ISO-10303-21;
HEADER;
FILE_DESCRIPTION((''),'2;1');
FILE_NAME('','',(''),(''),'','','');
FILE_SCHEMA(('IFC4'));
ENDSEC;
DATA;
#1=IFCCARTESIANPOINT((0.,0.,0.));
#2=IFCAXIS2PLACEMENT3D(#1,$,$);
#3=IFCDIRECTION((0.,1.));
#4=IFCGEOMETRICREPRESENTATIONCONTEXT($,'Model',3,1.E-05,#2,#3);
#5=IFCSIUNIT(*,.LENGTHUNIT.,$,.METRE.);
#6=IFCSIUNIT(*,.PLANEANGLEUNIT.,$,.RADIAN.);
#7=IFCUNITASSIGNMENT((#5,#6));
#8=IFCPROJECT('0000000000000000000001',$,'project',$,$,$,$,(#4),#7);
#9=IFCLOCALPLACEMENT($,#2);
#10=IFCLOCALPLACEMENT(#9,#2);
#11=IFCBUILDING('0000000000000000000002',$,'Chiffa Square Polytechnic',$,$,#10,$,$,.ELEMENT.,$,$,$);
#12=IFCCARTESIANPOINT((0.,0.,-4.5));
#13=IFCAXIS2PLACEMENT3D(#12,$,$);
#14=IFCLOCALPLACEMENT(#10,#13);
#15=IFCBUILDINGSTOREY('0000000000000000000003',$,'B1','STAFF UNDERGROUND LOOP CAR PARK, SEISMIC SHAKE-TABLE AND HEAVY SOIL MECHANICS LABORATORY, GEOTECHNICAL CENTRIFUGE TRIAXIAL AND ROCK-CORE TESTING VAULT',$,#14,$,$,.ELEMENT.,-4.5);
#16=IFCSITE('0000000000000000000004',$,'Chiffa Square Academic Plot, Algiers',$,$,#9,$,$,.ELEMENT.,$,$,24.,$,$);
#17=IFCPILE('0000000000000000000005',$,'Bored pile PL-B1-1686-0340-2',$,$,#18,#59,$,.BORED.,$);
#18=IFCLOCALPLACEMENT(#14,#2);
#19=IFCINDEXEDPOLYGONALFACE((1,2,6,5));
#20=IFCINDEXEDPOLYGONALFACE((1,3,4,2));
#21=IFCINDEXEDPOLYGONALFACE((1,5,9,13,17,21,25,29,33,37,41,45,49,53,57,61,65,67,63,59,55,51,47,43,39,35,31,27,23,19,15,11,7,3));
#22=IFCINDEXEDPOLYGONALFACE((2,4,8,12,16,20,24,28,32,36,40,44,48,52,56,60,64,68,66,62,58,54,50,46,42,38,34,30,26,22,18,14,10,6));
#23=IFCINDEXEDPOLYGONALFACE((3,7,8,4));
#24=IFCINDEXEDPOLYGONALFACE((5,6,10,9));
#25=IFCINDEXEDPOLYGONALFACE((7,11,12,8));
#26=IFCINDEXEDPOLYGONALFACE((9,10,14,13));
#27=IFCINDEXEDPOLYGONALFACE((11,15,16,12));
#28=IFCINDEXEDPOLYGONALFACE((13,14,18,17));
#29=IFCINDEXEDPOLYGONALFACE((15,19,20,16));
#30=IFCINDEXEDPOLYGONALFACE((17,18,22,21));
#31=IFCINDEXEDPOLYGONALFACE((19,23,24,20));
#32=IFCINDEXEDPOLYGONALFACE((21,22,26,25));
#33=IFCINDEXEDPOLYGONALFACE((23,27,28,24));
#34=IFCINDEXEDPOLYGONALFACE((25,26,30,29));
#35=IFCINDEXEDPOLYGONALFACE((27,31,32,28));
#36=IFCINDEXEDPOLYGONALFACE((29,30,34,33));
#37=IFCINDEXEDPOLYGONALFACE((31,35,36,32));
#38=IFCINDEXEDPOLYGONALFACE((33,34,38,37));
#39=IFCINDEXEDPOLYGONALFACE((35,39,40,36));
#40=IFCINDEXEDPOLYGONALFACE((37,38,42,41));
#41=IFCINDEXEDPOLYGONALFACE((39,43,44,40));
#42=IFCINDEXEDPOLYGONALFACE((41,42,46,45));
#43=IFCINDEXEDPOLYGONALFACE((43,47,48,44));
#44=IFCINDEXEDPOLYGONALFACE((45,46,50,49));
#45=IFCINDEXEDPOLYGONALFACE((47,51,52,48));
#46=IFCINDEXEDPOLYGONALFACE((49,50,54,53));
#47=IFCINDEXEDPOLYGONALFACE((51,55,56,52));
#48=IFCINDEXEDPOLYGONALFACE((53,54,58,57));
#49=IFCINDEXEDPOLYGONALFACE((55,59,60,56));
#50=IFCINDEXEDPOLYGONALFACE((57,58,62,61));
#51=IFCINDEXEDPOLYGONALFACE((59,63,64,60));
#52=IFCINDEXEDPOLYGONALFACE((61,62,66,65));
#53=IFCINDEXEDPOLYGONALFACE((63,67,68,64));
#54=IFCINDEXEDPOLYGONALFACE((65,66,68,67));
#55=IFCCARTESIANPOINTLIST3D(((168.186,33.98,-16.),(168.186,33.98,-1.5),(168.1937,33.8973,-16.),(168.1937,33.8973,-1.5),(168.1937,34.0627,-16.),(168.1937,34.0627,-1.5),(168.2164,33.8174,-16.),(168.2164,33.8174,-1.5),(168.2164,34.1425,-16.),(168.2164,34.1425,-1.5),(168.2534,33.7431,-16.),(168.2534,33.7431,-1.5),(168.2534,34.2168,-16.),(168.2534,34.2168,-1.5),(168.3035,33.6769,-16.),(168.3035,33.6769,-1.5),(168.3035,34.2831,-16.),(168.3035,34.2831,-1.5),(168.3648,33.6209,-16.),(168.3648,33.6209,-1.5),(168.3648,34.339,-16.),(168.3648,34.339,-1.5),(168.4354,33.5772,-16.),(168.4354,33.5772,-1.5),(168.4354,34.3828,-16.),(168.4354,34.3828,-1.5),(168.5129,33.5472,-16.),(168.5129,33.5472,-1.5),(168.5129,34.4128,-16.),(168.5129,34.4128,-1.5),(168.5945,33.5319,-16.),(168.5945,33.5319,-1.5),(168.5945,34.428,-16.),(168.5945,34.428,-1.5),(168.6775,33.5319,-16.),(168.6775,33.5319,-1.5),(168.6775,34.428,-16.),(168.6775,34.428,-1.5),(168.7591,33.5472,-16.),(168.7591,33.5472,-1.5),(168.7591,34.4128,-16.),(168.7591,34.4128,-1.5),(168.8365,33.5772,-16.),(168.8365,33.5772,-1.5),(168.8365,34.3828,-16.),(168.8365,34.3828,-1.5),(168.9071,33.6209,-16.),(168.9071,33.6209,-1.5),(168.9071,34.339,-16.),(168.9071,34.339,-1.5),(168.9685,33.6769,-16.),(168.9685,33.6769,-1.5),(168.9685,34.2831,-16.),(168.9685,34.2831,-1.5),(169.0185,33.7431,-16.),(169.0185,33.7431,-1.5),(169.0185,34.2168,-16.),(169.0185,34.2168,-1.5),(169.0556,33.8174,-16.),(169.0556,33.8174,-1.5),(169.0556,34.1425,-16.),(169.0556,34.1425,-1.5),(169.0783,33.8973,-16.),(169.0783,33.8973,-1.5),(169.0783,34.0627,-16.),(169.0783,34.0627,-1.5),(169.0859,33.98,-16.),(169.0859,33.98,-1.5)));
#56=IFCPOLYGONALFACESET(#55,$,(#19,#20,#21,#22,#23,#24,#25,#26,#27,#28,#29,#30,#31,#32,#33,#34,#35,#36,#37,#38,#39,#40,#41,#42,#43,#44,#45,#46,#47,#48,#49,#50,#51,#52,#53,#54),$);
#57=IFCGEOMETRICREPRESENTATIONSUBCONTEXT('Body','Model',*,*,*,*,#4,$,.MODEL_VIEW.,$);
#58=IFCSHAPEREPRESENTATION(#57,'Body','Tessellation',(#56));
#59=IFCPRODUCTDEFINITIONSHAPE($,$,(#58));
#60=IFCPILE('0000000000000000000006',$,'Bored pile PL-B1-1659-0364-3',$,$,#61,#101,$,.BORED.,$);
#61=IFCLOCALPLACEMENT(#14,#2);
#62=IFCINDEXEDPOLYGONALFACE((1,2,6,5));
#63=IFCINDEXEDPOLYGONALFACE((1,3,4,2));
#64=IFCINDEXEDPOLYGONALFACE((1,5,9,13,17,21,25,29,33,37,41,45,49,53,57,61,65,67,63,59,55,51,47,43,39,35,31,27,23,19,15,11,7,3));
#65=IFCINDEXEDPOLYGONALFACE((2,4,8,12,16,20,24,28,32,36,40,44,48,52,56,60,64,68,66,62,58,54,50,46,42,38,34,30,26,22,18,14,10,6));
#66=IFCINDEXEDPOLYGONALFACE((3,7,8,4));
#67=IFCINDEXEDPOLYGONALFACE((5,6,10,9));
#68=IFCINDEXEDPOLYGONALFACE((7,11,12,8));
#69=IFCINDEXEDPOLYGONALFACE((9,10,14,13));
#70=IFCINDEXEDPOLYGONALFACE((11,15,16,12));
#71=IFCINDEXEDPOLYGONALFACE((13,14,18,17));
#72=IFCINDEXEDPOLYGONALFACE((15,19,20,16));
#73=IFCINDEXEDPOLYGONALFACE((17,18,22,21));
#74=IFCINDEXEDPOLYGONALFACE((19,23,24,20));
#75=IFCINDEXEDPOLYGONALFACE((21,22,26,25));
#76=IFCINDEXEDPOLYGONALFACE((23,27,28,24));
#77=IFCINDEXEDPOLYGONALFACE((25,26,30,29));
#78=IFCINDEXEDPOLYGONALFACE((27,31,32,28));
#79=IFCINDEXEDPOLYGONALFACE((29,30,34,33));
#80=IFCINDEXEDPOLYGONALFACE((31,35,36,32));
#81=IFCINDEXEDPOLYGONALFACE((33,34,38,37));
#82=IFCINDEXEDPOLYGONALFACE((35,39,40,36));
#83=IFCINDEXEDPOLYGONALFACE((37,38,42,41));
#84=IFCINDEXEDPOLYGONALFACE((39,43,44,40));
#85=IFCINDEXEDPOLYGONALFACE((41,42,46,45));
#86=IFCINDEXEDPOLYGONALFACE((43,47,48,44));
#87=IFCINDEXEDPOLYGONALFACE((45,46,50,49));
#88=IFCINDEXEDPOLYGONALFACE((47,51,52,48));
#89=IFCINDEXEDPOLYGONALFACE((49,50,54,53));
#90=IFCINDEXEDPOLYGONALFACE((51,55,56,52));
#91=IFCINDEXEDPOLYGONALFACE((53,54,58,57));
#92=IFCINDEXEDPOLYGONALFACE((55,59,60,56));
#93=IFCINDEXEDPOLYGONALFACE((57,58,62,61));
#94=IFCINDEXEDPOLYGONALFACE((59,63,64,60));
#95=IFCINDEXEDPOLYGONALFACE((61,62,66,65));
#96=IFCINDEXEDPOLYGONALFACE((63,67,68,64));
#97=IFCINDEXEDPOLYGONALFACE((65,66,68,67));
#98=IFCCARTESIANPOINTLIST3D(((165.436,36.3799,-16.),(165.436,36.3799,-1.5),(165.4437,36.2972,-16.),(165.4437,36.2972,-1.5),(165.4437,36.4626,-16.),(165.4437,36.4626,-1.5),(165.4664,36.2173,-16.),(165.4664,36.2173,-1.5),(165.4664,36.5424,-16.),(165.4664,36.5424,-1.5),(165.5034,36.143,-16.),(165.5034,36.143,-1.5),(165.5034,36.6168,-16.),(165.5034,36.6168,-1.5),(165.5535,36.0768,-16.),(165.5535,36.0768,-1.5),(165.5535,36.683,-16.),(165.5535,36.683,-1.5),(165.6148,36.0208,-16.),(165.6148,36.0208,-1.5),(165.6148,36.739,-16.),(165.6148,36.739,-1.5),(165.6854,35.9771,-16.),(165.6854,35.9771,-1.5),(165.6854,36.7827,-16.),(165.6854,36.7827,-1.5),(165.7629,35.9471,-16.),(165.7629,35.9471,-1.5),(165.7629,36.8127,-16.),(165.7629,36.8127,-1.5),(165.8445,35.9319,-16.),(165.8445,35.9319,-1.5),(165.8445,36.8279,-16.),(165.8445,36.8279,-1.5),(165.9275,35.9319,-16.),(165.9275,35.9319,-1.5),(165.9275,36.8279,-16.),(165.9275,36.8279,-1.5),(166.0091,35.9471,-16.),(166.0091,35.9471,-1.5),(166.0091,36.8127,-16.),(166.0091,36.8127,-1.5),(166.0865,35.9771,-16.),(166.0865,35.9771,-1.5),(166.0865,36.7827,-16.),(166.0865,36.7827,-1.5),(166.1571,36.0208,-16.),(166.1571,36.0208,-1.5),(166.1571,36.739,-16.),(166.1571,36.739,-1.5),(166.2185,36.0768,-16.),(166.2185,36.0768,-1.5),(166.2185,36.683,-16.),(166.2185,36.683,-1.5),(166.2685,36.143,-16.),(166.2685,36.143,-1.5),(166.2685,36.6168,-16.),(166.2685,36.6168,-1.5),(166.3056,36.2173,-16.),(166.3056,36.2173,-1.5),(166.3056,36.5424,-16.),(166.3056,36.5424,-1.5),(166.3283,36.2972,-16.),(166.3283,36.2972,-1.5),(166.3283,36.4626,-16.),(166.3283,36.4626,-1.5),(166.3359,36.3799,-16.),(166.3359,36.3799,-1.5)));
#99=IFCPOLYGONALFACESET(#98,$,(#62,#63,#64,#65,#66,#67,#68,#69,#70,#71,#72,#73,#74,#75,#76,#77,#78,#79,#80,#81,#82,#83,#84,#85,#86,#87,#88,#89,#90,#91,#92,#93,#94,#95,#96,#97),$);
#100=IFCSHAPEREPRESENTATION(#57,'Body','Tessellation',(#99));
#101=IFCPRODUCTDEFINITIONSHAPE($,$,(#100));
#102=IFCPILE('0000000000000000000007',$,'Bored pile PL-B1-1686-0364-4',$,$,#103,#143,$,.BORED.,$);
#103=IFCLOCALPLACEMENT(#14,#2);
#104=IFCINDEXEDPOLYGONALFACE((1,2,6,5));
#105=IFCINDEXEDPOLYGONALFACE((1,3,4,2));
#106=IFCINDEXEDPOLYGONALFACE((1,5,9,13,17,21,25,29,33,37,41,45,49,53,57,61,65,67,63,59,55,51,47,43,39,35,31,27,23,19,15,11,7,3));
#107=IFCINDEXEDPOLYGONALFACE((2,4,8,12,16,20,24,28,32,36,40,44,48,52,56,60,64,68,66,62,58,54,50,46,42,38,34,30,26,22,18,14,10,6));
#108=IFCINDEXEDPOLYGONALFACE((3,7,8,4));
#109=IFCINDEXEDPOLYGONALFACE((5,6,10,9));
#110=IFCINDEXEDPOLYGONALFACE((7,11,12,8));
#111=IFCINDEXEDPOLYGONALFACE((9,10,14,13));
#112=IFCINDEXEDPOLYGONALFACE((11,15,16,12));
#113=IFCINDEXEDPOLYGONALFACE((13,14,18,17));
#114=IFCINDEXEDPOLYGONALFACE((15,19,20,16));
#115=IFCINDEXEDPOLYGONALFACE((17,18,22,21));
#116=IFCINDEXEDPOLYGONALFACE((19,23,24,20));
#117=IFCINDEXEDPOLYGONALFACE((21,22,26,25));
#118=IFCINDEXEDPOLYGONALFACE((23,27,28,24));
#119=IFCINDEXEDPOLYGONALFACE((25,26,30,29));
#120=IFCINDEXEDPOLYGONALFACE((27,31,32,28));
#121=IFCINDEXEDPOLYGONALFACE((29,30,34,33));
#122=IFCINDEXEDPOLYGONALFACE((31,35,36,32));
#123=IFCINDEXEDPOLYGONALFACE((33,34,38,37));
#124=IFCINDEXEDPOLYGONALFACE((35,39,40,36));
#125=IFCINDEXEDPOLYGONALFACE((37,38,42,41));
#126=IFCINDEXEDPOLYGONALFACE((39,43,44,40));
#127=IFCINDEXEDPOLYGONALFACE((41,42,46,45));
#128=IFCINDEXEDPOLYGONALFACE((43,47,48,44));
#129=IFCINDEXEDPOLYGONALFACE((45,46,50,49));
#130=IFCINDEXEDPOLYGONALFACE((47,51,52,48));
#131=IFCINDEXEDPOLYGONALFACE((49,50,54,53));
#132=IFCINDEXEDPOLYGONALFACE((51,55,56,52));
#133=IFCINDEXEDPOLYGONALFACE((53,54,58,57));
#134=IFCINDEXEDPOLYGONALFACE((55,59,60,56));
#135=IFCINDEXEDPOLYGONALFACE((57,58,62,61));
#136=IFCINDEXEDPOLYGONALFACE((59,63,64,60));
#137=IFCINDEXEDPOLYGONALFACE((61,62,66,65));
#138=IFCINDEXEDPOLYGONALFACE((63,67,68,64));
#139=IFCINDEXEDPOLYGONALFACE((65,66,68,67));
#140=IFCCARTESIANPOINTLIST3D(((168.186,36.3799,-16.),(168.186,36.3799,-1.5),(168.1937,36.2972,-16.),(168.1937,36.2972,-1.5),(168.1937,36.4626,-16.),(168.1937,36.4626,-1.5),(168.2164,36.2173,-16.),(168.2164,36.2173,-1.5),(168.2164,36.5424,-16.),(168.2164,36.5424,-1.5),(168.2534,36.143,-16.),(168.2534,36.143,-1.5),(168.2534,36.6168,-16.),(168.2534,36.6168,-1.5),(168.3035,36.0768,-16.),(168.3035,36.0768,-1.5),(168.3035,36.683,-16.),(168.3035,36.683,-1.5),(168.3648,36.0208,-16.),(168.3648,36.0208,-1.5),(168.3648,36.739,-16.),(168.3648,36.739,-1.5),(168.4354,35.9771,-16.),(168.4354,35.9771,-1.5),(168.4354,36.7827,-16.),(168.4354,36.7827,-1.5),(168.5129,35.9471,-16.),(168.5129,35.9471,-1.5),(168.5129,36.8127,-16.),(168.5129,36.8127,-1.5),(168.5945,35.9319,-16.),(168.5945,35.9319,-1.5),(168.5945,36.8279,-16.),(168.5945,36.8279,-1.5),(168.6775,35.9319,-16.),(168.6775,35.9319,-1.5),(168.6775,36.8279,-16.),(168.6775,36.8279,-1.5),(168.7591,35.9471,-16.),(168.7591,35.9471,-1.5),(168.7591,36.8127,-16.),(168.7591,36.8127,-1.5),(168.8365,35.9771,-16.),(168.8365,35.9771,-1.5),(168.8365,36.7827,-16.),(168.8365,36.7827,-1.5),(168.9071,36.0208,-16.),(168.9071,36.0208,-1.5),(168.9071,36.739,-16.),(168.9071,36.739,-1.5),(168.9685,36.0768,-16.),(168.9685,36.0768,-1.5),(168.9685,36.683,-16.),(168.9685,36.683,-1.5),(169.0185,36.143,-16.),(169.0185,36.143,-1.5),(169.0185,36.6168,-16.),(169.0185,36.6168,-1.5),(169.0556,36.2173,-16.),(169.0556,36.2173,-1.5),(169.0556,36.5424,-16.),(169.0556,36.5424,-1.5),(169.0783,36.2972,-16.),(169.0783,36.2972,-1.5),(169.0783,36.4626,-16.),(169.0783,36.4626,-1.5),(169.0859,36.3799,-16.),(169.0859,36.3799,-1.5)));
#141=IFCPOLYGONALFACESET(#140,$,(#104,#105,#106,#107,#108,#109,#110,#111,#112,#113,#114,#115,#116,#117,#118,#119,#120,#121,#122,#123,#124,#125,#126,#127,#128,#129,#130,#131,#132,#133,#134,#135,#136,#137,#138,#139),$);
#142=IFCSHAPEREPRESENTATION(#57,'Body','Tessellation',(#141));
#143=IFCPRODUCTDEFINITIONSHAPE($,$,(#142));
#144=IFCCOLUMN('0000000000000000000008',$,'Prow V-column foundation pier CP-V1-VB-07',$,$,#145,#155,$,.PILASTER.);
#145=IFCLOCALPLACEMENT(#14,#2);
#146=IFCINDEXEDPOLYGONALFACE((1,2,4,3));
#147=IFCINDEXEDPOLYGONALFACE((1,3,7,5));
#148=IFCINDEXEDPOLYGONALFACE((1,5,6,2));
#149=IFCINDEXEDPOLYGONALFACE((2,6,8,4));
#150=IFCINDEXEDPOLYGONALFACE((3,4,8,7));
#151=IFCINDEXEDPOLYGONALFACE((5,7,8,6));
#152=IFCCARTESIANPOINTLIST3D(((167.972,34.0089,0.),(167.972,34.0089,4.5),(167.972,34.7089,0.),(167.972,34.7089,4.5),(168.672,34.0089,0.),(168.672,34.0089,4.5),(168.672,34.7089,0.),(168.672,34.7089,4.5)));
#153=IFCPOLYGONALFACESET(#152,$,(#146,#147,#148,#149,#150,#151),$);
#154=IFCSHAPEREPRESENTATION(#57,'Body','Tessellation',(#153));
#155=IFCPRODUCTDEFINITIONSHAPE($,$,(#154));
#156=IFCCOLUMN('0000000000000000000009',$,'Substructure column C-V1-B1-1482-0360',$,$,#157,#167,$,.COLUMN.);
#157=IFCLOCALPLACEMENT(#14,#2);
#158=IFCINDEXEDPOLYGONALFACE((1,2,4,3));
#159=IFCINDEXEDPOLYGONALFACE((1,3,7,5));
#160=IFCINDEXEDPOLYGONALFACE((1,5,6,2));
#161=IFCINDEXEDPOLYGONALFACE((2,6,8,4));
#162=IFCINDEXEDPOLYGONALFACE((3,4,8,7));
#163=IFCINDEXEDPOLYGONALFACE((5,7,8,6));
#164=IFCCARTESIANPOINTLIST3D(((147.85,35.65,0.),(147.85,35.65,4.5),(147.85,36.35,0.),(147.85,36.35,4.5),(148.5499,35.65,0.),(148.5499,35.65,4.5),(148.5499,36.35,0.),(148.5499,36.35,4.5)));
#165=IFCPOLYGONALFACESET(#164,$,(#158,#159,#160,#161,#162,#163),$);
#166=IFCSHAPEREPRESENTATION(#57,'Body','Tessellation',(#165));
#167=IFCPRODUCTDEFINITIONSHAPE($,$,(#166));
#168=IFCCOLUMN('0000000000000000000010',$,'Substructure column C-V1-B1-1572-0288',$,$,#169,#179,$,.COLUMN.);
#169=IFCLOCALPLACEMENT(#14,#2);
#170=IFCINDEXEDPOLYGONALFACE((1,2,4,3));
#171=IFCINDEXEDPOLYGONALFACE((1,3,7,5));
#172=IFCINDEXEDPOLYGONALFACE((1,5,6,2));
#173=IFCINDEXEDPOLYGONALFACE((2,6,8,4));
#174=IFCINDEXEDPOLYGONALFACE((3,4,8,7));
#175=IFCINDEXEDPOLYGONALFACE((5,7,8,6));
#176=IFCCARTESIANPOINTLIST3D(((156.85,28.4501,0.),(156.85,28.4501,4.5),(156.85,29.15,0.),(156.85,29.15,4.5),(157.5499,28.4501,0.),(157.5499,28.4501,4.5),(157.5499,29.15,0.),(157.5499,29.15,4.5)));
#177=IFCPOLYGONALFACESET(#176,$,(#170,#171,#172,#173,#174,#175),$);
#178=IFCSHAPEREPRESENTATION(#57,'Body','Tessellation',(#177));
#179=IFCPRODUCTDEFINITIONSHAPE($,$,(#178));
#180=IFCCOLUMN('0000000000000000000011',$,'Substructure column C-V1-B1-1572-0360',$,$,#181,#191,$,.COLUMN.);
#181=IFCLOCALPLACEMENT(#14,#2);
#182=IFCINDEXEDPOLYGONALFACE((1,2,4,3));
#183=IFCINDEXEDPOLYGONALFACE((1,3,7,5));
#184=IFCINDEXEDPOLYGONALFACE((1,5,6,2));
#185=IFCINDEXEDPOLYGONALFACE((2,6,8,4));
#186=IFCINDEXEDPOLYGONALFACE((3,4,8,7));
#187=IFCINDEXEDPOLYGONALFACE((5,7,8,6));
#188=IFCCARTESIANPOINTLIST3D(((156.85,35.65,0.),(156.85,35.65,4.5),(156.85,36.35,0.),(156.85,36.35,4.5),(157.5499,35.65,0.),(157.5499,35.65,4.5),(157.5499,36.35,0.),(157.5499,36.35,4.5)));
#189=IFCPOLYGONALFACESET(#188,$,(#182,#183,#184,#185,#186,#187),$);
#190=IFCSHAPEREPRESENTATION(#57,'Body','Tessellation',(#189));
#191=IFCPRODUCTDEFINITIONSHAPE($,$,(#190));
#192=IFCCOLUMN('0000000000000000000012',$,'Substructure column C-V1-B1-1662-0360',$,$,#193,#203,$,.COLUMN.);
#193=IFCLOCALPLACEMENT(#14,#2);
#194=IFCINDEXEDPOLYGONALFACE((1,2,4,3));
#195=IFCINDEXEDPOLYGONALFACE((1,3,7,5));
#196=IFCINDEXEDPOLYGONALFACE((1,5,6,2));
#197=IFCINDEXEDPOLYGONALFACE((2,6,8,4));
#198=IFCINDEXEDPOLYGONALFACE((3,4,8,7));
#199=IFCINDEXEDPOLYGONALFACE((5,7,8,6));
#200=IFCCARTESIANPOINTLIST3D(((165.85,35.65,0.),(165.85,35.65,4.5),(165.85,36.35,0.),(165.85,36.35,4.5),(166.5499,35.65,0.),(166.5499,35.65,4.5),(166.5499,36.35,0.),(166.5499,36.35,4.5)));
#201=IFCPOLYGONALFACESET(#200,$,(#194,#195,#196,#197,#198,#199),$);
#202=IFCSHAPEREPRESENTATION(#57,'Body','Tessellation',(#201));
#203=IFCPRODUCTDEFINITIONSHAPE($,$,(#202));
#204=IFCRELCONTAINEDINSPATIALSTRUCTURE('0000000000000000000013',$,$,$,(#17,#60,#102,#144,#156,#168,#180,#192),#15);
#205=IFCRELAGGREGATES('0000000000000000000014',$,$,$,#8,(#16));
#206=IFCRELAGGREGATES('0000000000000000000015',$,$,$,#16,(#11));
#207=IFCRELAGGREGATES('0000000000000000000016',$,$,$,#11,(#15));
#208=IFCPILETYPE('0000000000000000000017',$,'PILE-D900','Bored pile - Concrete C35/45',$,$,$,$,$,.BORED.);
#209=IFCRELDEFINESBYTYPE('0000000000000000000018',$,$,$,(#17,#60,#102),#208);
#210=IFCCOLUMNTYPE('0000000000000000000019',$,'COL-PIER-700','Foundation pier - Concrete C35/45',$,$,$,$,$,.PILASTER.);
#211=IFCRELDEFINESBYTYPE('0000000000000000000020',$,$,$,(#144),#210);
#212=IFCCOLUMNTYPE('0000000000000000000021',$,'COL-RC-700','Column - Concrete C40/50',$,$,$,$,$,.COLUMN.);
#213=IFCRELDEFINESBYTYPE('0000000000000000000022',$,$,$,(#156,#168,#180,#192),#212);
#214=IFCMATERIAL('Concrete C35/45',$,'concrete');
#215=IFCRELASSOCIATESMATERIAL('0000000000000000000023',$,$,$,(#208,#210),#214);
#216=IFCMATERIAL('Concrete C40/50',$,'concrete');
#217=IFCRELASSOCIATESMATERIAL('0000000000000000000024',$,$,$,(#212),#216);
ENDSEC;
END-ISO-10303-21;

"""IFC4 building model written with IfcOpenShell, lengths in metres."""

from ifc_helpers import new_model, si_unit, direction, frame, origin, origin_2d, place, context, subcontext, project, spatial, rectangle, circle, extrude, material, material_profile, profile_set, type_object, element, save


model = new_model("IFC4")

# Units and contexts
model_context = context("Model", 3, precision=1e-05, world=origin(), true_north=direction((0.0, 1.0)))
body_context = subcontext(model_context, "Body", "Model", "MODEL_VIEW")
ifc_project = project(units=[si_unit("LENGTHUNIT", "METRE"), si_unit("PLANEANGLEUNIT", "RADIAN")], contexts=[model_context])

# Site, building, storey
site_placement = place(None, origin())
site = spatial("IfcSite", under=ifc_project, at=site_placement, Name="Chiffa Square Academic Plot, Algiers", CompositionType="ELEMENT", RefElevation=24.0)
building_placement = place(site_placement, origin())
building = spatial("IfcBuilding", under=site, at=building_placement, Name="Chiffa Square Polytechnic", CompositionType="ELEMENT")
storey_placement = place(building_placement, frame((0.0, 0.0, -4.5)))
storey = spatial("IfcBuildingStorey", under=building, at=storey_placement, Name="B1", Description="STAFF UNDERGROUND LOOP CAR PARK, SEISMIC SHAKE-TABLE AND HEAVY SOIL MECHANICS LABORATORY, GEOTECHNICAL CENTRIFUGE TRIAXIAL AND ROCK-CORE TESTING VAULT", CompositionType="ELEMENT", Elevation=-4.5)

# Shared definitions
ifc_material_1 = material(Name="Concrete C35/45", Category="concrete")

# Piles
ifc_material_profile_1 = material_profile(ifc_material_1, circle(Radius=0.45, at=origin_2d()), Name="PILE D900")
ifc_profile_set_1 = profile_set([ifc_material_profile_1], Name="Concrete C35/45")
pile_type_1 = type_object("IfcPileType", Name="PILE-D900", Description="Bored pile - Concrete C35/45", PredefinedType="BORED", material=ifc_profile_set_1)
for number, where, z_axis, x_axis, name in (
    (1, (168.636, 33.98, -1.5), (0.0, 0.0, -1.0), (1.0, 0.0, 0.0), "Bored pile PL-B1-1686-0340-2"),
    (2, (165.886, 36.3799, -1.5), (0.0, 0.0, -1.0), (1.0, 0.0, 0.0), "Bored pile PL-B1-1659-0364-3"),
    (3, (168.636, 36.3799, -1.5), (0.0, 0.0, -1.0), (1.0, 0.0, 0.0), "Bored pile PL-B1-1686-0364-4"),
):
    element("IfcPile", number, at=place(storey_placement, frame(where, z_axis=z_axis, x_axis=x_axis)), inside=storey, type_object=pile_type_1, Name=name, PredefinedType="BORED", context=body_context, shape_type="SweptSolid", body=[
        extrude(circle(Radius=0.45, at=origin_2d()), origin(), (0.0, 0.0, 1.0), 14.5),
    ])

# Columns
ifc_material_profile_2 = material_profile(ifc_material_1, rectangle(XDim=0.7, YDim=0.7, at=origin_2d()), Name="RC 700x700")
ifc_profile_set_2 = profile_set([ifc_material_profile_2], Name="Concrete C35/45")
column_type_1 = type_object("IfcColumnType", Name="COL-PIER-700", Description="Foundation pier - Concrete C35/45", PredefinedType="PILASTER", material=ifc_profile_set_2)
column_placement = place(storey_placement, frame((168.322, 34.3589, 0.0), z_axis=(0.0, 0.0, 1.0), x_axis=(1.0, 0.0, 0.0)))
element("IfcColumn", 4, at=column_placement, inside=storey, type_object=column_type_1, Name="Prow V-column foundation pier CP-V1-VB-07", PredefinedType="PILASTER", context=body_context, shape_type="SweptSolid", body=[
    extrude(rectangle(XDim=0.7, YDim=0.7, at=origin_2d()), origin(), (0.0, 0.0, 1.0), 4.5),
])
ifc_material_2 = material(Name="Concrete C40/50", Category="concrete")
ifc_material_profile_3 = material_profile(ifc_material_2, rectangle(XDim=0.7, YDim=0.7, at=origin_2d()), Name="RC 700x700")
ifc_profile_set_3 = profile_set([ifc_material_profile_3], Name="Concrete C40/50")
column_type_2 = type_object("IfcColumnType", Name="COL-RC-700", Description="Column - Concrete C40/50", PredefinedType="COLUMN", material=ifc_profile_set_3)
for number, where, z_axis, x_axis, name in (
    (5, (148.2, 36.0, 0.0), (0.0, 0.0, 1.0), (1.0, 0.0, 0.0), "Substructure column C-V1-B1-1482-0360"),
    (6, (157.2, 28.8, 0.0), (0.0, 0.0, 1.0), (1.0, 0.0, 0.0), "Substructure column C-V1-B1-1572-0288"),
    (7, (157.2, 36.0, 0.0), (0.0, 0.0, 1.0), (1.0, 0.0, 0.0), "Substructure column C-V1-B1-1572-0360"),
    (8, (166.2, 36.0, 0.0), (0.0, 0.0, 1.0), (1.0, 0.0, 0.0), "Substructure column C-V1-B1-1662-0360"),
):
    element("IfcColumn", number, at=place(storey_placement, frame(where, z_axis=z_axis, x_axis=x_axis)), inside=storey, type_object=column_type_2, Name=name, PredefinedType="COLUMN", context=body_context, shape_type="SweptSolid", body=[
        extrude(rectangle(XDim=0.7, YDim=0.7, at=origin_2d()), origin(), (0.0, 0.0, 1.0), 4.5),
    ])

save(model, "model.ifc")
